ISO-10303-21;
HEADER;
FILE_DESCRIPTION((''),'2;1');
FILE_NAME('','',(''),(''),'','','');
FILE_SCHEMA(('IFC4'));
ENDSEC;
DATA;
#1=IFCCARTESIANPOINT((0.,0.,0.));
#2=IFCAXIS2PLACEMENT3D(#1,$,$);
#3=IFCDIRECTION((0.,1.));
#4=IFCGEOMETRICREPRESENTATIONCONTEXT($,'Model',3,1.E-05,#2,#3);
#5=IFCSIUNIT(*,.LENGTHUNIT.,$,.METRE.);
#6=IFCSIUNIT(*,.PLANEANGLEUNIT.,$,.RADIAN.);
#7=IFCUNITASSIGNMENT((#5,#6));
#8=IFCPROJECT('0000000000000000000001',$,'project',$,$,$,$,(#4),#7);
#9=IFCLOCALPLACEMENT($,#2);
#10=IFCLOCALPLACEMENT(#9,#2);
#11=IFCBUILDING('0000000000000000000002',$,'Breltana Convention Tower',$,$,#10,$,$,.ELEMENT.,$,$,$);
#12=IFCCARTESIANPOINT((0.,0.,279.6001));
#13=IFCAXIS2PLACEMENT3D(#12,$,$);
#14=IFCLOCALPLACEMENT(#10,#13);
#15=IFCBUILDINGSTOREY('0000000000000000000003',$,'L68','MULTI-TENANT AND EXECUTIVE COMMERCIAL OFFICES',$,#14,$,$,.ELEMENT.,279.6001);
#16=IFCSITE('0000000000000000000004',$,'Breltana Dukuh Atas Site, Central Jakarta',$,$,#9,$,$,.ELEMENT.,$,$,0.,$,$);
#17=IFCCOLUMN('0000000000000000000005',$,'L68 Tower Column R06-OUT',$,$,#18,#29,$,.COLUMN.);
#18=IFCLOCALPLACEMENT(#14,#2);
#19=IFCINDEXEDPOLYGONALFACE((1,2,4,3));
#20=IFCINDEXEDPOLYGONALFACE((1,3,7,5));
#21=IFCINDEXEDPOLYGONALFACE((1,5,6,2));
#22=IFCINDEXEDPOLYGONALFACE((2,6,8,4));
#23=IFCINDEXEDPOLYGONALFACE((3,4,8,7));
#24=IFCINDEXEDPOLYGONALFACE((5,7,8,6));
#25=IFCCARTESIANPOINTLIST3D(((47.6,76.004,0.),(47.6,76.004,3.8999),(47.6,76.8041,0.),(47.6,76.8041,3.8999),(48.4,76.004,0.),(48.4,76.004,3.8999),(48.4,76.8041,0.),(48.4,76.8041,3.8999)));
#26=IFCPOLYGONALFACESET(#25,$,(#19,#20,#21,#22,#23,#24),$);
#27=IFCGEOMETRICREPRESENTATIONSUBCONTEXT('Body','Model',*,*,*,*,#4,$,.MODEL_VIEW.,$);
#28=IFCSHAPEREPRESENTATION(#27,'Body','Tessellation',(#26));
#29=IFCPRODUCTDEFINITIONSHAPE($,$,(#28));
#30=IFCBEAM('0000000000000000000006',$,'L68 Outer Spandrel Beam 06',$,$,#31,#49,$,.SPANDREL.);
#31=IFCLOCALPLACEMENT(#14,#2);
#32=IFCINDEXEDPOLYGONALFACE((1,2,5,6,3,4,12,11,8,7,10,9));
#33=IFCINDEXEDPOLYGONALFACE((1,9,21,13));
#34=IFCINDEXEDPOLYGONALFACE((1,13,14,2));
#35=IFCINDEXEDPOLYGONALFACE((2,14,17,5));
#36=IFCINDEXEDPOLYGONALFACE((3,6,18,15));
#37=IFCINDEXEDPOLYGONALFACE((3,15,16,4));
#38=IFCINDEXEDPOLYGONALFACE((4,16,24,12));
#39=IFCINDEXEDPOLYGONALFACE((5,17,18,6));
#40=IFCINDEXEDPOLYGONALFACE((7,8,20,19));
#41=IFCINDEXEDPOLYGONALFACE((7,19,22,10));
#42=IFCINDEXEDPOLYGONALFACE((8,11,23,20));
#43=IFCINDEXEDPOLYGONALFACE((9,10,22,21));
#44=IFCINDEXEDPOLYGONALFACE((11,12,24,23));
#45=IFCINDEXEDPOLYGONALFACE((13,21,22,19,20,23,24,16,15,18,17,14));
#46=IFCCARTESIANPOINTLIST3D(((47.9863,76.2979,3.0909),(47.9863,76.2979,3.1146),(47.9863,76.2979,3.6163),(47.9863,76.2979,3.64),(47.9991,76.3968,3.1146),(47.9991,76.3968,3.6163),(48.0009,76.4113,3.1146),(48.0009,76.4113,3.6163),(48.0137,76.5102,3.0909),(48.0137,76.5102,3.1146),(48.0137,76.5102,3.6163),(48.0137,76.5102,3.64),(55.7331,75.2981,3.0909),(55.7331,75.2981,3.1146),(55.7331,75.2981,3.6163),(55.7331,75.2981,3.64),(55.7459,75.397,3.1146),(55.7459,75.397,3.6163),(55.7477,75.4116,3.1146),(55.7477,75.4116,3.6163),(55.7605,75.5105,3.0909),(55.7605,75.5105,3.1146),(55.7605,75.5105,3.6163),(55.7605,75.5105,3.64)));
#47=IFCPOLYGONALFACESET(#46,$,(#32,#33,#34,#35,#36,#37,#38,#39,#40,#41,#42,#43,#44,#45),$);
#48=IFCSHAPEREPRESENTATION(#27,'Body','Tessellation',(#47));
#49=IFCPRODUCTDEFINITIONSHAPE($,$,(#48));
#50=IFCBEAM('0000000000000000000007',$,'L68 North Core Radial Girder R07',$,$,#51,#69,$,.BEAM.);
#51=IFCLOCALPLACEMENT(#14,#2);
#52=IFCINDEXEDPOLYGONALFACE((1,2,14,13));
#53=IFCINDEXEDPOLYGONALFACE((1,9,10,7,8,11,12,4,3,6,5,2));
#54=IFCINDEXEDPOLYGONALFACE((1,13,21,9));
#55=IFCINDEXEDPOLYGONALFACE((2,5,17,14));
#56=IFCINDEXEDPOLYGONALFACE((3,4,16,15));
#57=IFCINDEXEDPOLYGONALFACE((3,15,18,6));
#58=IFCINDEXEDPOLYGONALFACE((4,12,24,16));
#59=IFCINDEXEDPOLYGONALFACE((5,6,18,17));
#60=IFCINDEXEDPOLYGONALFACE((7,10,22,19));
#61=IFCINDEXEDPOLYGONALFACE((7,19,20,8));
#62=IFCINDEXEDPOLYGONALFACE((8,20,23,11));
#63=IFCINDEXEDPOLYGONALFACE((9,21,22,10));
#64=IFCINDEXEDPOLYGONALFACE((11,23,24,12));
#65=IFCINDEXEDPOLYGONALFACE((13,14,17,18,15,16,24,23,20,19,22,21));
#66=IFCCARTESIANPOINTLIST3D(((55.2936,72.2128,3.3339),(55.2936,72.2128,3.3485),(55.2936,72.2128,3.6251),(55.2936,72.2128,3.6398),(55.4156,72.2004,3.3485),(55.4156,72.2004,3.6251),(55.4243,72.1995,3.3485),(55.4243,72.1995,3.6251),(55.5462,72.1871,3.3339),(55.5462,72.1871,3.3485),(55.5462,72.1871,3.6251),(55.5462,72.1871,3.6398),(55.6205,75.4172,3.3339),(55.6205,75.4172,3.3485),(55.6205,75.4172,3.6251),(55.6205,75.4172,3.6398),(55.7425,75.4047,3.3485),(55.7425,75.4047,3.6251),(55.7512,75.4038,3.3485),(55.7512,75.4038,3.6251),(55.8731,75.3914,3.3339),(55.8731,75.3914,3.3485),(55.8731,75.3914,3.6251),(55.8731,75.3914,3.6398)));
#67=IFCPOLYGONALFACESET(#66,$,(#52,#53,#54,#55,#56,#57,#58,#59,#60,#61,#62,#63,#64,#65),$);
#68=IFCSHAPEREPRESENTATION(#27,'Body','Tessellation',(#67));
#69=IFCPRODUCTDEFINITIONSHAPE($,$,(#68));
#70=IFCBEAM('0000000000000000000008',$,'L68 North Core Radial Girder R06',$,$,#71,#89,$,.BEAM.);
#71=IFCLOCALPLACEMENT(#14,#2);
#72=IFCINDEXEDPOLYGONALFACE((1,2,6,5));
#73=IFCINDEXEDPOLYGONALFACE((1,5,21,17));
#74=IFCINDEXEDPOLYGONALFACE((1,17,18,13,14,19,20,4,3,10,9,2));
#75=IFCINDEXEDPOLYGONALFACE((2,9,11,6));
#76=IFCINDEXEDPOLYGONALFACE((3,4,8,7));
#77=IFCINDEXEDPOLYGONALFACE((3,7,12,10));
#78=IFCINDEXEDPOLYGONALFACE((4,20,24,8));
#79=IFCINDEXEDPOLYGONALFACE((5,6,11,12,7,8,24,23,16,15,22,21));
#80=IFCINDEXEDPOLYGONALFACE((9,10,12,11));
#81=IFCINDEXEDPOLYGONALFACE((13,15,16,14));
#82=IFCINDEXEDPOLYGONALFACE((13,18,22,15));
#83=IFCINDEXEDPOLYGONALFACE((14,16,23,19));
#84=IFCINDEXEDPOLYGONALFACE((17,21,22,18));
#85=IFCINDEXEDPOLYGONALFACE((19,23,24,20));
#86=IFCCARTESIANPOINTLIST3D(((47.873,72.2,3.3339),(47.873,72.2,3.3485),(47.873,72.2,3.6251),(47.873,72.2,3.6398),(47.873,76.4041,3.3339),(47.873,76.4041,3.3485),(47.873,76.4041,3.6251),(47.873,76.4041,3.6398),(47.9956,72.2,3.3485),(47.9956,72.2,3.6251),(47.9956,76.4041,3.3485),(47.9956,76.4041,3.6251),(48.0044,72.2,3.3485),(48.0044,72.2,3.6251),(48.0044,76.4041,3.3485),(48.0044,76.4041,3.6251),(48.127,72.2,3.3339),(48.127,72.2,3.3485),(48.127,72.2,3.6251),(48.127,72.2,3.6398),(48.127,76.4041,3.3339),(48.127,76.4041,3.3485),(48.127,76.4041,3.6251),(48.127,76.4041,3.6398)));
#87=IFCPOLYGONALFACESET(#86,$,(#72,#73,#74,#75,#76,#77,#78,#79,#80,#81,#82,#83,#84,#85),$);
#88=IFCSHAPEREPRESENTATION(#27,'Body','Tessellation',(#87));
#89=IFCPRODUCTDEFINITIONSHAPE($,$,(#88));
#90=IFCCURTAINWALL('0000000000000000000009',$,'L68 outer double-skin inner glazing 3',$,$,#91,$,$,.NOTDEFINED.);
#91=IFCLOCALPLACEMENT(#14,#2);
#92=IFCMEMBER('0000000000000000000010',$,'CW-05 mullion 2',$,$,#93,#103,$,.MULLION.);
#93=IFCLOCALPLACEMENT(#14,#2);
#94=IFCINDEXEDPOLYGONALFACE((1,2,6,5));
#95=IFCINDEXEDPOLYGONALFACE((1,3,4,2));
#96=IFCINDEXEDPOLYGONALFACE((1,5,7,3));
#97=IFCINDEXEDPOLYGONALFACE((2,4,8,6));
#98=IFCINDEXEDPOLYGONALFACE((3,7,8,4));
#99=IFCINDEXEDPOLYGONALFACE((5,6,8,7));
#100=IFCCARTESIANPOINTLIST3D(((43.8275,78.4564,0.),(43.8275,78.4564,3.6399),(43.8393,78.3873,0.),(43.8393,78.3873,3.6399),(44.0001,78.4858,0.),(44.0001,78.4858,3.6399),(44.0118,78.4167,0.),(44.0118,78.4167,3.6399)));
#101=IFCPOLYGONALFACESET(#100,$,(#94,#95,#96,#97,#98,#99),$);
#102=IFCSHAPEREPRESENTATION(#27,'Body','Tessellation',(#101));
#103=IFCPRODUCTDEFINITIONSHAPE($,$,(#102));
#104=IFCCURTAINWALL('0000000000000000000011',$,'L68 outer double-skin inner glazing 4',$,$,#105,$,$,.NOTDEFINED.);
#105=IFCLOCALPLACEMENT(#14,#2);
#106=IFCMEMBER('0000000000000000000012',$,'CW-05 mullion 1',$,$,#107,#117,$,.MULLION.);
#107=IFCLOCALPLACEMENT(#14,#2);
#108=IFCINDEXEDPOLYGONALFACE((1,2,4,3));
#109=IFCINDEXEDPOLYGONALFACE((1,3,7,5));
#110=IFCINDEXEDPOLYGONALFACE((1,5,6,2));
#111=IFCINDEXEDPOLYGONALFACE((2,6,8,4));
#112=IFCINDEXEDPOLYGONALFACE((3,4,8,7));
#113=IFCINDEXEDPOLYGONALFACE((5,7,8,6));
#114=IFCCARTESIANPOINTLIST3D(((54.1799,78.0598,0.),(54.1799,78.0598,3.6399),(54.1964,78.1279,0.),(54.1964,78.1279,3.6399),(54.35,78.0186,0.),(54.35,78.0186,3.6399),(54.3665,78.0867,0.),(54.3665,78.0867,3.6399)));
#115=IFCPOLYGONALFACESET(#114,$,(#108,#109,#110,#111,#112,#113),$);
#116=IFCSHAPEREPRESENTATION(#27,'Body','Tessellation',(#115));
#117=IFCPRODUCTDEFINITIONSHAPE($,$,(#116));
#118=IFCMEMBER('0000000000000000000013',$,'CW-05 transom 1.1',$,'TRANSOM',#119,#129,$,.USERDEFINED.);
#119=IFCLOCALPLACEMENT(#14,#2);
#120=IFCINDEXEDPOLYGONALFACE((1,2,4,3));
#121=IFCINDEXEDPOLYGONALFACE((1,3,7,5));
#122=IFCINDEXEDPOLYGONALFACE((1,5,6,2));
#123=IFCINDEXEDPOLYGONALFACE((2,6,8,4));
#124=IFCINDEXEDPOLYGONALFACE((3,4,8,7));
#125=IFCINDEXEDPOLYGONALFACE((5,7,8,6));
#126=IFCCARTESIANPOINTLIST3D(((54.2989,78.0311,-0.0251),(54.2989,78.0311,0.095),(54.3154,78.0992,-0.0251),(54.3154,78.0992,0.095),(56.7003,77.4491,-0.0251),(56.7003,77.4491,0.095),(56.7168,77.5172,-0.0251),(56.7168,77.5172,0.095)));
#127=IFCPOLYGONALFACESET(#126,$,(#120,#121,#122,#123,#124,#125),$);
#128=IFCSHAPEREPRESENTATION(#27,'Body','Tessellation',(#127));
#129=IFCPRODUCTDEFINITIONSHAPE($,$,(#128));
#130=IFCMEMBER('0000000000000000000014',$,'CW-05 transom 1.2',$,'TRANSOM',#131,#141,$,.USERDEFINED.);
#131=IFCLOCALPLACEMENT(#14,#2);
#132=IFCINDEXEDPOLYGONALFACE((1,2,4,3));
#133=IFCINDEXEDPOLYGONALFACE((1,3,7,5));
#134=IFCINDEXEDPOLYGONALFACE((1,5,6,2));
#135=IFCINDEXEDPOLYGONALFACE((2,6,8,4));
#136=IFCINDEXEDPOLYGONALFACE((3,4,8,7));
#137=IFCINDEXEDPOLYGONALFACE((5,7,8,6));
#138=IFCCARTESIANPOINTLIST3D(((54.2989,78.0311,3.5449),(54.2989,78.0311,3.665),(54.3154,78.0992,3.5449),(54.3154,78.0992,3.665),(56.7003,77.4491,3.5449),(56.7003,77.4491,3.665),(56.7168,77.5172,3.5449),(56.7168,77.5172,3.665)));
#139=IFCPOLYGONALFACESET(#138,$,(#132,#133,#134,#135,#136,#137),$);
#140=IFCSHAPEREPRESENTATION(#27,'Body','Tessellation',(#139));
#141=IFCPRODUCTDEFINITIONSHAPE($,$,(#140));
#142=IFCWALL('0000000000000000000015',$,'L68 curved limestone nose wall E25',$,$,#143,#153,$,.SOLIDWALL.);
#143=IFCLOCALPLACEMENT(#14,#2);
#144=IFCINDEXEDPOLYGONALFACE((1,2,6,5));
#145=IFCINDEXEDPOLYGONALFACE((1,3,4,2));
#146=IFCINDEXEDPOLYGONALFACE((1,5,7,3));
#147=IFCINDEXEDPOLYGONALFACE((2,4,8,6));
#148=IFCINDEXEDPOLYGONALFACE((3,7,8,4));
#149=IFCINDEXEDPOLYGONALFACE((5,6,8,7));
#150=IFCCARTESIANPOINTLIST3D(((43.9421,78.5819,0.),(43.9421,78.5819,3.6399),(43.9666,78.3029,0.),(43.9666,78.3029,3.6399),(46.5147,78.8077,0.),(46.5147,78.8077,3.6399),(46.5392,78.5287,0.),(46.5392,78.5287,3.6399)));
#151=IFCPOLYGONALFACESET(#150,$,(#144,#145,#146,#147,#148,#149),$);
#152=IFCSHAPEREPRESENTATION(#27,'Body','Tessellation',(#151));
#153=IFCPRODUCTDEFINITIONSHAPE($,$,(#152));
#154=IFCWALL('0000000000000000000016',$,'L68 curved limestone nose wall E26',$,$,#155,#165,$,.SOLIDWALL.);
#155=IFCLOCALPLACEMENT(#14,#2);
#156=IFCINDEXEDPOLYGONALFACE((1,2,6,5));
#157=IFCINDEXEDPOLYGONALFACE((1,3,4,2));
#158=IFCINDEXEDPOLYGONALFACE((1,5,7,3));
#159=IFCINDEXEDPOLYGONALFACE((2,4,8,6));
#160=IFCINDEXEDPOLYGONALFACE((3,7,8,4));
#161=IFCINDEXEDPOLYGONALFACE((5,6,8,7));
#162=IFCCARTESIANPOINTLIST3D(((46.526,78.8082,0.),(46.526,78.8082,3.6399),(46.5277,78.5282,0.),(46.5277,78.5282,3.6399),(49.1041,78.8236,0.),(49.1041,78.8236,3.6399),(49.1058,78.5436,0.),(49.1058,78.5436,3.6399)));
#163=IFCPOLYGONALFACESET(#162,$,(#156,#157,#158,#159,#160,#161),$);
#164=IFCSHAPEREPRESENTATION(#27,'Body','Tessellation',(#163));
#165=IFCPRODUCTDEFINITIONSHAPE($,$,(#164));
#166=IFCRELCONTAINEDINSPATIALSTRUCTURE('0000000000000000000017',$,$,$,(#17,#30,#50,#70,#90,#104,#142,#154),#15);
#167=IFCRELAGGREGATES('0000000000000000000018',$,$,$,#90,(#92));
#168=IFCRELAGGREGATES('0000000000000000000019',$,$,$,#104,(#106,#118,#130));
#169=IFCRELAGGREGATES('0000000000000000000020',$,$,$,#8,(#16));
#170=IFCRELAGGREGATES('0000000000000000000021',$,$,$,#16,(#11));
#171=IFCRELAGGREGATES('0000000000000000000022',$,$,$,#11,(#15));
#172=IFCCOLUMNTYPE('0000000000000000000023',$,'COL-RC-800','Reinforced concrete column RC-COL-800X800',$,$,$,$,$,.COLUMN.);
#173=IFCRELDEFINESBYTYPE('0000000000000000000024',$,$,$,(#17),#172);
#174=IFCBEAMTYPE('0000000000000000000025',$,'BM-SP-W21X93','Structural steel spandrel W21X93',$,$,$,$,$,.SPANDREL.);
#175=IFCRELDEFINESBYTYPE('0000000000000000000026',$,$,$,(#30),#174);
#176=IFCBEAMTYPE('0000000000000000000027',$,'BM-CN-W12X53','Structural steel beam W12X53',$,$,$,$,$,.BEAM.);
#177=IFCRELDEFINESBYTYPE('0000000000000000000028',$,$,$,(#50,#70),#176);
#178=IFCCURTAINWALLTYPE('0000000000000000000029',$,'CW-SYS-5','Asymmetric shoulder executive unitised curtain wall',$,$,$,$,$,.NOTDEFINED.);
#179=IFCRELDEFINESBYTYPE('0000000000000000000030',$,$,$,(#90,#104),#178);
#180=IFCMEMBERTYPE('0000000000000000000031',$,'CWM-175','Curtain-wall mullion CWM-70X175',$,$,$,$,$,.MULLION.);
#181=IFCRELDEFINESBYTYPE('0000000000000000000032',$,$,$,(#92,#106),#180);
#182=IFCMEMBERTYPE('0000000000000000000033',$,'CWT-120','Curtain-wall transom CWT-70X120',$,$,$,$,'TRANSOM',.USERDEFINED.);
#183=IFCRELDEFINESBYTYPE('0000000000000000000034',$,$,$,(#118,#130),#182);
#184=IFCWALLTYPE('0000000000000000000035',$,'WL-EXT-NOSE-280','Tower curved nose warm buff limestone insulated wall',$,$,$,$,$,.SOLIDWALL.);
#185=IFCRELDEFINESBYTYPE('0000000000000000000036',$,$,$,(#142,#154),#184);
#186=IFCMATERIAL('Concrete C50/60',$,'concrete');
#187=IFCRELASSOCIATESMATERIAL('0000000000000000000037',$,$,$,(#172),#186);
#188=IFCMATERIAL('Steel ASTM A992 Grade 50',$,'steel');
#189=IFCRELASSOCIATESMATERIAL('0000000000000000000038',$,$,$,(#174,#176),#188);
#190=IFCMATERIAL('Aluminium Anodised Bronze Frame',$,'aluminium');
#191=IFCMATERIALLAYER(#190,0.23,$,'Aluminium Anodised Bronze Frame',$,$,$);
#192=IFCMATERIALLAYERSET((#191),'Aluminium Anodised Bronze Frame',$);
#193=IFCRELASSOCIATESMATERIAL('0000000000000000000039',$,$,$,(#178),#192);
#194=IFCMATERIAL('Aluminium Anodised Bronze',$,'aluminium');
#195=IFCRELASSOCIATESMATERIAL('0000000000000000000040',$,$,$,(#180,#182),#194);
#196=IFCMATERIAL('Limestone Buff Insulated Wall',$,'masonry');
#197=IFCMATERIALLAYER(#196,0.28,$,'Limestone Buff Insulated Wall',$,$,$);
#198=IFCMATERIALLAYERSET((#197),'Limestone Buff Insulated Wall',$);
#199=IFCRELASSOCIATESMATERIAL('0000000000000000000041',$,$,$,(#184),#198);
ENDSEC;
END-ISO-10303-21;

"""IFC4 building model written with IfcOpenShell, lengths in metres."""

from ifc_helpers import new_model, si_unit, direction, frame, frame_2d, origin, origin_2d, place, context, subcontext, project, spatial, rectangle, i_section, extrude, source, transform, mapped, material, layer, layer_set, material_profile, profile_set, type_object, element, aggregate, save


model = new_model("IFC4")

# Units and contexts
model_context = context("Model", 3, precision=1e-05, world=origin(), true_north=direction((0.0, 1.0)))
body_context = subcontext(model_context, "Body", "Model", "MODEL_VIEW")
ifc_project = project(units=[si_unit("LENGTHUNIT", "METRE"), si_unit("PLANEANGLEUNIT", "RADIAN")], contexts=[model_context])

# Site, building, storey
site_placement = place(None, origin())
site = spatial("IfcSite", under=ifc_project, at=site_placement, Name="Breltana Dukuh Atas Site, Central Jakarta", CompositionType="ELEMENT", RefElevation=0.0)
building_placement = place(site_placement, origin())
building = spatial("IfcBuilding", under=site, at=building_placement, Name="Breltana Convention Tower", CompositionType="ELEMENT")
storey_placement = place(building_placement, frame((0.0, 0.0, 279.6001)))
storey = spatial("IfcBuildingStorey", under=building, at=storey_placement, Name="L68", Description="MULTI-TENANT AND EXECUTIVE COMMERCIAL OFFICES", CompositionType="ELEMENT", Elevation=279.6001)

# Column
ifc_material_1 = material(Name="Concrete C50/60", Category="concrete")
ifc_material_profile_1 = material_profile(ifc_material_1, rectangle(XDim=0.8, YDim=0.8, at=origin_2d()), Name="RC-COL-800X800")
ifc_profile_set_1 = profile_set([ifc_material_profile_1], Name="Concrete C50/60")
column_type = type_object("IfcColumnType", Name="COL-RC-800", Description="Reinforced concrete column RC-COL-800X800", PredefinedType="COLUMN", material=ifc_profile_set_1)
shared_shape_1 = source(origin(), body_context, "Body", "SweptSolid", [
    extrude(rectangle(XDim=0.8, YDim=0.8, at=origin_2d()), origin(), (0.0, 0.0, 1.0), 3.8999),
])
column_placement = place(storey_placement, frame((48.0, 76.4041, 0.0), z_axis=(0.0, 0.0, 1.0), x_axis=(0.0, 1.0, 0.0)))
element("IfcColumn", 1, at=column_placement, inside=storey, type_object=column_type, Name="L68 Tower Column R06-OUT", PredefinedType="COLUMN", context=body_context, shape_type="MappedRepresentation", body=[
    mapped(shared_shape_1, transform((0.0, 0.0, 0.0), scale=1.0)),
])

# Beams
ifc_material_2 = material(Name="Steel ASTM A992 Grade 50", Category="steel")
ifc_material_profile_2 = material_profile(ifc_material_2, i_section(OverallWidth=0.2141, OverallDepth=0.5491, WebThickness=0.0146, FlangeThickness=0.0237, at=origin_2d()), Name="W21X93")
ifc_profile_set_2 = profile_set([ifc_material_profile_2], Name="Steel ASTM A992 Grade 50")
beam_type_1 = type_object("IfcBeamType", Name="BM-SP-W21X93", Description="Structural steel spandrel W21X93", PredefinedType="SPANDREL", material=ifc_profile_set_2)
shared_shape_2 = source(origin(), body_context, "Body", "SweptSolid", [
    extrude(i_section(OverallWidth=0.2141, OverallDepth=0.5491, WebThickness=0.0146, FlangeThickness=0.0237, at=origin_2d()), origin(), (0.0, 0.0, 1.0), 7.811),
])
beam_1_placement = place(storey_placement, frame((48.0, 76.4041, 3.3655), z_axis=(0.991775, -0.127992, 0.0), x_axis=(0.127992, 0.991775, 0.0)))
element("IfcBeam", 2, at=beam_1_placement, inside=storey, type_object=beam_type_1, Name="L68 Outer Spandrel Beam 06", PredefinedType="SPANDREL", context=body_context, shape_type="MappedRepresentation", body=[
    mapped(shared_shape_2, transform((0.0, 0.0, 0.0), scale=1.0)),
])
ifc_material_profile_3 = material_profile(ifc_material_2, i_section(OverallWidth=0.2539, OverallDepth=0.3059, WebThickness=0.0088, FlangeThickness=0.0146, at=origin_2d()), Name="W12X53")
ifc_profile_set_3 = profile_set([ifc_material_profile_3], Name="Steel ASTM A992 Grade 50")
beam_type_2 = type_object("IfcBeamType", Name="BM-CN-W12X53", Description="Structural steel beam W12X53", PredefinedType="BEAM", material=ifc_profile_set_3)
shared_shape_3 = source(origin(), body_context, "Body", "SweptSolid", [
    extrude(i_section(OverallWidth=0.2539, OverallDepth=0.3059, WebThickness=0.0088, FlangeThickness=0.0146, at=origin_2d()), origin(), (0.0, 0.0, 1.0), 3.2209),
])
beam_2_placement = place(storey_placement, frame((55.4199, 72.2, 3.4868), z_axis=(0.101492, 0.994836, 0.0), x_axis=(-0.994836, 0.101492, 0.0)))
element("IfcBeam", 3, at=beam_2_placement, inside=storey, type_object=beam_type_2, Name="L68 North Core Radial Girder R07", PredefinedType="BEAM", context=body_context, shape_type="MappedRepresentation", body=[
    mapped(shared_shape_3, transform((0.0, 0.0, 0.0), scale=1.0)),
])
shared_shape_4 = source(origin(), body_context, "Body", "SweptSolid", [
    extrude(i_section(OverallWidth=0.2539, OverallDepth=0.3059, WebThickness=0.0088, FlangeThickness=0.0146, at=origin_2d()), origin(), (0.0, 0.0, 1.0), 4.2041),
])
beam_3_placement = place(storey_placement, frame((48.0, 72.2, 3.4868), z_axis=(0.0, 1.0, 0.0), x_axis=(-1.0, 0.0, 0.0)))
element("IfcBeam", 4, at=beam_3_placement, inside=storey, type_object=beam_type_2, Name="L68 North Core Radial Girder R06", PredefinedType="BEAM", context=body_context, shape_type="MappedRepresentation", body=[
    mapped(shared_shape_4, transform((0.0, 0.0, 0.0), scale=1.0)),
])

# Curtain wall, member
ifc_material_3 = material(Name="Aluminium Anodised Bronze Frame", Category="aluminium")
ifc_layer_1 = layer(ifc_material_3, 0.23, Name="Aluminium Anodised Bronze Frame")
ifc_layer_set_1 = layer_set([ifc_layer_1], Name="Aluminium Anodised Bronze Frame")
curtain_wall_type = type_object("IfcCurtainWallType", Name="CW-SYS-5", Description="Asymmetric shoulder executive unitised curtain wall", PredefinedType="NOTDEFINED", material=ifc_layer_set_1)
curtain_wall_1_placement = place(storey_placement, origin())
curtain_wall_1 = element("IfcCurtainWall", 5, at=curtain_wall_1_placement, inside=storey, type_object=curtain_wall_type, Name="L68 outer double-skin inner glazing 3", PredefinedType="NOTDEFINED")
ifc_material_4 = material(Name="Aluminium Anodised Bronze", Category="aluminium")
ifc_material_profile_4 = material_profile(ifc_material_4, rectangle(XDim=0.0701, YDim=0.175, at=origin_2d()), Name="CWM-70X175")
ifc_profile_set_4 = profile_set([ifc_material_profile_4], Name="Aluminium Anodised Bronze")
member_type_1 = type_object("IfcMemberType", Name="CWM-175", Description="Curtain-wall mullion CWM-70X175", PredefinedType="MULLION", material=ifc_profile_set_4)
shared_shape_5 = source(origin(), body_context, "Body", "SweptSolid", [
    extrude(rectangle(XDim=0.0701, YDim=0.175, at=origin_2d()), origin(), (0.0, 0.0, 1.0), 3.6399),
])
member_1_placement = place(storey_placement, frame((43.9197, 78.4365, 0.0), z_axis=(0.0, 0.0, 1.0), x_axis=(-0.168017, 0.985784, 0.0)))
member_1 = element("IfcMember", 6, at=member_1_placement, type_object=member_type_1, Name="CW-05 mullion 2", PredefinedType="MULLION", context=body_context, shape_type="MappedRepresentation", body=[
    mapped(shared_shape_5, transform((0.0, 0.0, 0.0), scale=1.0)),
])
aggregate(curtain_wall_1, [member_1])

# Curtain wall, members
curtain_wall_2_placement = place(storey_placement, origin())
curtain_wall_2 = element("IfcCurtainWall", 7, at=curtain_wall_2_placement, inside=storey, type_object=curtain_wall_type, Name="L68 outer double-skin inner glazing 4", PredefinedType="NOTDEFINED")
member_2_placement = place(storey_placement, frame((54.2732, 78.0732, 0.0), z_axis=(0.0, 0.0, 1.0), x_axis=(0.235518, 0.97187, 0.0)))
member_2 = element("IfcMember", 8, at=member_2_placement, type_object=member_type_1, Name="CW-05 mullion 1", PredefinedType="MULLION", context=body_context, shape_type="MappedRepresentation", body=[
    mapped(shared_shape_5, transform((0.0, 0.0, 0.0), scale=1.0)),
])
ifc_material_profile_5 = material_profile(ifc_material_4, rectangle(XDim=0.0701, YDim=0.1201, at=origin_2d()), Name="CWT-70X120")
ifc_profile_set_5 = profile_set([ifc_material_profile_5], Name="Aluminium Anodised Bronze")
member_type_2 = type_object("IfcMemberType", Name="CWT-120", Description="Curtain-wall transom CWT-70X120", ElementType="TRANSOM", PredefinedType="USERDEFINED", material=ifc_profile_set_5)
shared_shape_6 = source(origin(), body_context, "Body", "SweptSolid", [
    extrude(rectangle(XDim=0.0701, YDim=0.1201, at=origin_2d()), origin(), (0.0, 0.0, 1.0), 2.4709),
])
member_3_placement = place(storey_placement, frame((54.3071, 78.0652, 0.0349), z_axis=(0.971861, -0.235555, 0.0), x_axis=(0.235555, 0.971861, 0.0)))
member_3 = element("IfcMember", 9, at=member_3_placement, type_object=member_type_2, Name="CW-05 transom 1.1", ObjectType="TRANSOM", PredefinedType="USERDEFINED", context=body_context, shape_type="MappedRepresentation", body=[
    mapped(shared_shape_6, transform((0.0, 0.0, 0.0), scale=1.0)),
])
member_4_placement = place(storey_placement, frame((54.3071, 78.0652, 3.605), z_axis=(0.971861, -0.235555, 0.0), x_axis=(0.235555, 0.971861, 0.0)))
member_4 = element("IfcMember", 10, at=member_4_placement, type_object=member_type_2, Name="CW-05 transom 1.2", ObjectType="TRANSOM", PredefinedType="USERDEFINED", context=body_context, shape_type="MappedRepresentation", body=[
    mapped(shared_shape_6, transform((0.0, 0.0, 0.0), scale=1.0)),
])
aggregate(curtain_wall_2, [member_2, member_3, member_4])

# Walls
ifc_material_5 = material(Name="Limestone Buff Insulated Wall", Category="masonry")
ifc_layer_2 = layer(ifc_material_5, 0.28, Name="Limestone Buff Insulated Wall")
ifc_layer_set_2 = layer_set([ifc_layer_2], Name="Limestone Buff Insulated Wall")
wall_type_1 = type_object("IfcWallType", Name="WL-EXT-NOSE-280", Description="Tower curved nose warm buff limestone insulated wall", PredefinedType="SOLIDWALL", material=ifc_layer_set_2)
shared_shape_7 = source(origin(), body_context, "Body", "SweptSolid", [
    extrude(rectangle(XDim=2.5825, YDim=0.28, at=frame_2d((1.2913, 0.0))), origin(), (0.0, 0.0, 1.0), 3.6399),
])
wall_1_placement = place(storey_placement, frame((43.9543, 78.4424, 0.0), z_axis=(0.0, 0.0, 1.0), x_axis=(0.996169, 0.08745, 0.0)))
element("IfcWall", 11, at=wall_1_placement, inside=storey, type_object=wall_type_1, Name="L68 curved limestone nose wall E25", PredefinedType="SOLIDWALL", context=body_context, shape_type="MappedRepresentation", body=[
    mapped(shared_shape_7, transform((0.0, 0.0, 0.0), scale=1.0)),
])
shared_shape_8 = source(origin(), body_context, "Body", "SweptSolid", [
    extrude(rectangle(XDim=2.5781, YDim=0.28, at=frame_2d((1.2891, 0.0))), origin(), (0.0, 0.0, 1.0), 3.6399),
])
wall_2_placement = place(storey_placement, frame((46.5269, 78.6682, 0.0), z_axis=(0.0, 0.0, 1.0), x_axis=(0.999982, 0.005966, 0.0)))
element("IfcWall", 12, at=wall_2_placement, inside=storey, type_object=wall_type_1, Name="L68 curved limestone nose wall E26", PredefinedType="SOLIDWALL", context=body_context, shape_type="MappedRepresentation", body=[
    mapped(shared_shape_8, transform((0.0, 0.0, 0.0), scale=1.0)),
])

save(model, "model.ifc")
